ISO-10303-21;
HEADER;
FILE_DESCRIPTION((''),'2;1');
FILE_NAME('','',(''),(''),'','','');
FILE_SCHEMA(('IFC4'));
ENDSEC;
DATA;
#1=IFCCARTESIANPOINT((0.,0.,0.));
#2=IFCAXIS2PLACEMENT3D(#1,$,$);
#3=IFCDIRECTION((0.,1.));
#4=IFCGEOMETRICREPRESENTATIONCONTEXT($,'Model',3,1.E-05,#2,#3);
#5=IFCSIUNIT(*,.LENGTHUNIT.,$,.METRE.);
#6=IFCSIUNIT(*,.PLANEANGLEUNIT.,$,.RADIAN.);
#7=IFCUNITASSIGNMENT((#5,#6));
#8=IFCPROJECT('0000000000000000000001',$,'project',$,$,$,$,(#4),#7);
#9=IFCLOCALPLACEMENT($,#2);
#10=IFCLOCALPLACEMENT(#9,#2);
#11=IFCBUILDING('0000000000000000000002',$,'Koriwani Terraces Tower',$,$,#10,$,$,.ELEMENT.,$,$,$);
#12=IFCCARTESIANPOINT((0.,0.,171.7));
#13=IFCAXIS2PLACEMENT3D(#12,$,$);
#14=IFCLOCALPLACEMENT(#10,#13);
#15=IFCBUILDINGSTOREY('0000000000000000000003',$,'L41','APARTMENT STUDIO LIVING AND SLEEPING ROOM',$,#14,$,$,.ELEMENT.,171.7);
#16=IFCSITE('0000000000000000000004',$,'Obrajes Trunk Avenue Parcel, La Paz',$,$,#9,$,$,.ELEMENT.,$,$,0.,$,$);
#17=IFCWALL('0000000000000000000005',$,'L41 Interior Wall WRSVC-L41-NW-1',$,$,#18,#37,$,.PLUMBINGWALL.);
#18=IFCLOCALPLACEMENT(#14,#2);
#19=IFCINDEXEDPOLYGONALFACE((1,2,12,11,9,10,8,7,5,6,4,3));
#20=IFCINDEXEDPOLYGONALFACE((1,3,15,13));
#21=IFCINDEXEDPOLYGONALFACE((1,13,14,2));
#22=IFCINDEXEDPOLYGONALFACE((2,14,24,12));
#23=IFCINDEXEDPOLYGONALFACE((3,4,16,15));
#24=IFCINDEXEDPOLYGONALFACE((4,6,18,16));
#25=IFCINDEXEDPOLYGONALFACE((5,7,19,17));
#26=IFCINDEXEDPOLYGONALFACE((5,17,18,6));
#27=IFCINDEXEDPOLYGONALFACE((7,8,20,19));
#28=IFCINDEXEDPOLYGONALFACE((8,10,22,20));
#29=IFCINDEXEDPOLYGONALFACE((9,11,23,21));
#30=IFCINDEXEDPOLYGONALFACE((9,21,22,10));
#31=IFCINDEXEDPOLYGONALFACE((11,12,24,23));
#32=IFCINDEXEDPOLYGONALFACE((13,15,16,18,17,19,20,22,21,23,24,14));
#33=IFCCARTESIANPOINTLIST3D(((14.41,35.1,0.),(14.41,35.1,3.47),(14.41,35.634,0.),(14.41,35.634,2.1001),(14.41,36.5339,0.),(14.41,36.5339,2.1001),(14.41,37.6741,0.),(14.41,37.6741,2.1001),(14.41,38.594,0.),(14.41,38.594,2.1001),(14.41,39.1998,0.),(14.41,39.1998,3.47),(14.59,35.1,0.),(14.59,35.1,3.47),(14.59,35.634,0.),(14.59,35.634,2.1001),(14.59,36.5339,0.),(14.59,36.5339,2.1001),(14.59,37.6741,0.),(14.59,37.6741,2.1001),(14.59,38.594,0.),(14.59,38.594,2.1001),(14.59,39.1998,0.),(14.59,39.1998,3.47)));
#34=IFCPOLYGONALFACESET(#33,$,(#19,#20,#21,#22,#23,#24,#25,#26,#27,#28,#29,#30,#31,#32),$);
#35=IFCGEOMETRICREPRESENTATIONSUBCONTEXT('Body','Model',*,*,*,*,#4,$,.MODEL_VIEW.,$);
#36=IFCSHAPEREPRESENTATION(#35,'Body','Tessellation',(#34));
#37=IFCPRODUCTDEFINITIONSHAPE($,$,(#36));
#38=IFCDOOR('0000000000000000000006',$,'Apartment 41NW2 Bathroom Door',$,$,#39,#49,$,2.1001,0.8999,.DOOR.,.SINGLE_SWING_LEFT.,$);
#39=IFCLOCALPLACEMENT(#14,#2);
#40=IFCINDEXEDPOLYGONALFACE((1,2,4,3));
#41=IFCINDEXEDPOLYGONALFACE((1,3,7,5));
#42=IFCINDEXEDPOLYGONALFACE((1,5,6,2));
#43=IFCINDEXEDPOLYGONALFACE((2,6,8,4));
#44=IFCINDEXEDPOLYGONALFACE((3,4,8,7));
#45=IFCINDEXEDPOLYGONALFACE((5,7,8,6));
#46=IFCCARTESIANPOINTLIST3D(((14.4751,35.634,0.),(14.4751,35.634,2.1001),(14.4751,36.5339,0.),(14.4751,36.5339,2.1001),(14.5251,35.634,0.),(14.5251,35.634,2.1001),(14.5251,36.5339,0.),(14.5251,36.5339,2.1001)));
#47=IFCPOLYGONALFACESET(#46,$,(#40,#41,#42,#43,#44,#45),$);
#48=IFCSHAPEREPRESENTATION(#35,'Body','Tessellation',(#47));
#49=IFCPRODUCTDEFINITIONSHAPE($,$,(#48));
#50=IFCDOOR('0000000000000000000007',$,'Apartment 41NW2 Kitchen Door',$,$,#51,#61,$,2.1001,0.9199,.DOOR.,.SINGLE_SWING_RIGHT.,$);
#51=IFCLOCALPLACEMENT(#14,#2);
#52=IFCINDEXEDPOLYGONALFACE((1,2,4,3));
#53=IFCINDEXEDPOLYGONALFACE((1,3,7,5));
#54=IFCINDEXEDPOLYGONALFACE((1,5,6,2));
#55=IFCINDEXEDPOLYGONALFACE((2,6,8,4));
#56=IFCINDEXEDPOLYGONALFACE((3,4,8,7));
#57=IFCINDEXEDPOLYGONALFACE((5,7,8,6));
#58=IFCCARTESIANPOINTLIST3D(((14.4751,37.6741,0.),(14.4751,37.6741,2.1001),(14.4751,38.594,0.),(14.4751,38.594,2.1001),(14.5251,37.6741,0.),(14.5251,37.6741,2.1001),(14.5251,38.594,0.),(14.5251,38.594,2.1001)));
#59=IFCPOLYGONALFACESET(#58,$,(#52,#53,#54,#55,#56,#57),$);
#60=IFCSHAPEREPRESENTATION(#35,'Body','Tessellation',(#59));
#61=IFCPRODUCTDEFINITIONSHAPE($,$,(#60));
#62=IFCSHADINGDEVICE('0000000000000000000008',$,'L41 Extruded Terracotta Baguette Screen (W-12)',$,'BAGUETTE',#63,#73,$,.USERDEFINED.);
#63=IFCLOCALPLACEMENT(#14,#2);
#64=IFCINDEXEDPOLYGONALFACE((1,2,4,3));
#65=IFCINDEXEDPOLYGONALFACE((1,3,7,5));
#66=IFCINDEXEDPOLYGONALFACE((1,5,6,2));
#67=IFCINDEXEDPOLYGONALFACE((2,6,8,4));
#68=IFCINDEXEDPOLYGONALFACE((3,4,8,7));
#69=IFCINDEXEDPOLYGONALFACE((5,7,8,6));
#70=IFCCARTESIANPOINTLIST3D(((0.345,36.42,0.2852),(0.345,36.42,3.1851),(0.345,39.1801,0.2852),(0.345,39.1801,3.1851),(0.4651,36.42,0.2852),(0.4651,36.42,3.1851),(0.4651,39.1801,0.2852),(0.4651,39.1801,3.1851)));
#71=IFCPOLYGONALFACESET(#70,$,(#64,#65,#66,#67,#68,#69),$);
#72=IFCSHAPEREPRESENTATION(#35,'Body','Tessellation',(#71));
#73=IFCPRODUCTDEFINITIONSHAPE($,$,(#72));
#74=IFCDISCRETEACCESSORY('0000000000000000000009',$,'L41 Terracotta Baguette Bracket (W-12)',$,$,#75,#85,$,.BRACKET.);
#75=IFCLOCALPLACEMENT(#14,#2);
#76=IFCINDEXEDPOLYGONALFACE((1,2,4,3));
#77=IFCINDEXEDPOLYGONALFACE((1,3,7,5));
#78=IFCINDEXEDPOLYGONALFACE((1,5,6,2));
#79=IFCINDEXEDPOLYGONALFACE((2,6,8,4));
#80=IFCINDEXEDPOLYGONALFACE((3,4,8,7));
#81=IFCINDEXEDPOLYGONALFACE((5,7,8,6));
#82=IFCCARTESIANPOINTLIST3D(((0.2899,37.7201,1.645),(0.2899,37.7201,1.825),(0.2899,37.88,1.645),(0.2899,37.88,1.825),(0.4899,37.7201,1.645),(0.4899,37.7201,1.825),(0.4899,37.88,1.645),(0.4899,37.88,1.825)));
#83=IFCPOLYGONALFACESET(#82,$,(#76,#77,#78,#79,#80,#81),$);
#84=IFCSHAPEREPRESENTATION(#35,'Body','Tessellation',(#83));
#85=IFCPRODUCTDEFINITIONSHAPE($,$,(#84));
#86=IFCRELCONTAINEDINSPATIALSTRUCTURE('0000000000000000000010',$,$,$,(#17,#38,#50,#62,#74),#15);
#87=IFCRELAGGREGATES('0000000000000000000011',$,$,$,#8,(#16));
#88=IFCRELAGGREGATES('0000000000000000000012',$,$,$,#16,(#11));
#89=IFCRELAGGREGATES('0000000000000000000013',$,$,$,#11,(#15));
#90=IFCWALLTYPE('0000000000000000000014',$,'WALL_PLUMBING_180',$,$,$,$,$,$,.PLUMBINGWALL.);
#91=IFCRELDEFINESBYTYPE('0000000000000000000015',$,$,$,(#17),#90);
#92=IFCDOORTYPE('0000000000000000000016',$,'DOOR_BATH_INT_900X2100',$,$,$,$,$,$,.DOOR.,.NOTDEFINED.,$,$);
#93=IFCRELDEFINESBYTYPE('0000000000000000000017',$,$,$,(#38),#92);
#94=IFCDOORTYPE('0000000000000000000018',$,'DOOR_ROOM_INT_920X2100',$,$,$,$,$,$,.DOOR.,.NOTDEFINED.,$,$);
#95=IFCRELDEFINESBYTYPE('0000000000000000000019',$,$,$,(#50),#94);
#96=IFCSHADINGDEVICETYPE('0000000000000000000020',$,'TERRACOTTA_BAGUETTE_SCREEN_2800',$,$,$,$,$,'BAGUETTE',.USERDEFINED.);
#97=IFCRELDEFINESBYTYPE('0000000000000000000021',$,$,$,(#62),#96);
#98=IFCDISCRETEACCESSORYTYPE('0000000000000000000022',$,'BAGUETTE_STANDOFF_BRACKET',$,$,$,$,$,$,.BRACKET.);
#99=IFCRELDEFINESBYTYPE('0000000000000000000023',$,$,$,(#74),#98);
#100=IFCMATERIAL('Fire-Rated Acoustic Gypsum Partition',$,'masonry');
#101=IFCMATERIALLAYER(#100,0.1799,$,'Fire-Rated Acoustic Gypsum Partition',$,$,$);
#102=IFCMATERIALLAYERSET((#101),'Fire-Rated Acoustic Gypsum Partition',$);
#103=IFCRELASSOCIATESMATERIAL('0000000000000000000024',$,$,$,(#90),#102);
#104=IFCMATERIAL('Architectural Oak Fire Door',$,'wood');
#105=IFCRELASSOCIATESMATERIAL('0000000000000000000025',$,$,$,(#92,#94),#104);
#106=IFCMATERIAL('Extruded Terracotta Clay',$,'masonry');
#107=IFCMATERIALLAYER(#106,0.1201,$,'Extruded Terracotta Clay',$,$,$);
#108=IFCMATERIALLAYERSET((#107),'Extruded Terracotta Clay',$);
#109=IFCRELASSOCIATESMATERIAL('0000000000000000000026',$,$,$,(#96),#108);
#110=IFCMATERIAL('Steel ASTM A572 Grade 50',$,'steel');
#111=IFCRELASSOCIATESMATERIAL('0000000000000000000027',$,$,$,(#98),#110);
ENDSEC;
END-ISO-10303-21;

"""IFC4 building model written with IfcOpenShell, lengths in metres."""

from ifc_helpers import new_model, si_unit, direction, frame, frame_2d, origin, origin_2d, place, context, subcontext, project, spatial, rectangle, extrude, material, layer, layer_set, type_object, element, fill, save


model = new_model("IFC4")

# Units and contexts
model_context = context("Model", 3, precision=1e-05, world=origin(), true_north=direction((0.0, 1.0)))
body_context = subcontext(model_context, "Body", "Model", "MODEL_VIEW")
ifc_project = project(units=[si_unit("LENGTHUNIT", "METRE"), si_unit("PLANEANGLEUNIT", "RADIAN")], contexts=[model_context])

# Site, building, storey
site_placement = place(None, origin())
site = spatial("IfcSite", under=ifc_project, at=site_placement, Name="Obrajes Trunk Avenue Parcel, La Paz", CompositionType="ELEMENT", RefElevation=0.0)
building_placement = place(site_placement, origin())
building = spatial("IfcBuilding", under=site, at=building_placement, Name="Koriwani Terraces Tower", CompositionType="ELEMENT")
storey_placement = place(building_placement, frame((0.0, 0.0, 171.7)))
storey = spatial("IfcBuildingStorey", under=building, at=storey_placement, Name="L41", Description="APARTMENT STUDIO LIVING AND SLEEPING ROOM", CompositionType="ELEMENT", Elevation=171.7)

# Shared definitions
ifc_material_1 = material(Name="Steel ASTM A572 Grade 50", Category="steel")

# Shared definitions
ifc_material_2 = material(Name="Architectural Oak Fire Door", Category="wood")

# Wall, openings, doors
ifc_material_3 = material(Name="Fire-Rated Acoustic Gypsum Partition", Category="masonry")
ifc_layer_1 = layer(ifc_material_3, 0.1799, Name="Fire-Rated Acoustic Gypsum Partition")
ifc_layer_set_1 = layer_set([ifc_layer_1], Name="Fire-Rated Acoustic Gypsum Partition")
wall_type_1 = type_object("IfcWallType", Name="WALL_PLUMBING_180", PredefinedType="PLUMBINGWALL", material=ifc_layer_set_1)
wall_1_placement = place(storey_placement, frame((14.5, 35.1001, 0.0), z_axis=(0.0, 0.0, 1.0), x_axis=(0.0, 1.0, 0.0)))
wall_1 = element("IfcWall", 1, at=wall_1_placement, inside=storey, type_object=wall_type_1, Name="L41 Interior Wall WRSVC-L41-NW-1", PredefinedType="PLUMBINGWALL", context=body_context, shape_type="SweptSolid", body=[
    extrude(rectangle(XDim=4.0999, YDim=0.1799, at=frame_2d((2.0498, 0.0))), origin(), (0.0, 0.0, 1.0), 3.47),
])
opening_1_placement = place(wall_1_placement, frame((0.5339, 0.0, 0.0)))
opening_1 = element("IfcOpeningElement", 2, at=opening_1_placement, cuts=wall_1, PredefinedType="OPENING", context=body_context, shape_type="SweptSolid", body=[
    extrude(rectangle(XDim=0.8999, YDim=2.1001, at=frame_2d((0.45, 1.05))), frame((0.0, 0.1001, 0.0), z_axis=(0.0, -1.0, 0.0), x_axis=(1.0, 0.0, 0.0)), (0.0, 0.0, 1.0), 0.2),
])
opening_2_placement = place(wall_1_placement, frame((2.574, 0.0, 0.0)))
opening_2 = element("IfcOpeningElement", 3, at=opening_2_placement, cuts=wall_1, PredefinedType="OPENING", context=body_context, shape_type="SweptSolid", body=[
    extrude(rectangle(XDim=0.9199, YDim=2.1001, at=frame_2d((0.46, 1.05))), frame((0.0, 0.1001, 0.0), z_axis=(0.0, -1.0, 0.0), x_axis=(1.0, 0.0, 0.0)), (0.0, 0.0, 1.0), 0.2),
])
door_type_1 = type_object("IfcDoorType", Name="DOOR_BATH_INT_900X2100", OperationType="NOTDEFINED", PredefinedType="DOOR", material=ifc_material_2)
door_1_placement = place(opening_1_placement, origin())
door_1 = element("IfcDoor", 4, at=door_1_placement, inside=storey, type_object=door_type_1, Name="Apartment 41NW2 Bathroom Door", OperationType="SINGLE_SWING_LEFT", OverallHeight=2.1001, OverallWidth=0.8999, PredefinedType="DOOR", context=body_context, shape_type="SweptSolid", body=[
    extrude(rectangle(XDim=0.8999, YDim=2.1001, at=frame_2d((0.45, 1.05))), frame((0.0, 0.0249, 0.0), z_axis=(0.0, -1.0, 0.0), x_axis=(1.0, 0.0, 0.0)), (0.0, 0.0, 1.0), 0.05),
])
fill(opening_1, door_1)
door_type_2 = type_object("IfcDoorType", Name="DOOR_ROOM_INT_920X2100", OperationType="NOTDEFINED", PredefinedType="DOOR", material=ifc_material_2)
door_2_placement = place(opening_2_placement, origin())
door_2 = element("IfcDoor", 5, at=door_2_placement, inside=storey, type_object=door_type_2, Name="Apartment 41NW2 Kitchen Door", OperationType="SINGLE_SWING_RIGHT", OverallHeight=2.1001, OverallWidth=0.9199, PredefinedType="DOOR", context=body_context, shape_type="SweptSolid", body=[
    extrude(rectangle(XDim=0.9199, YDim=2.1001, at=frame_2d((0.46, 1.05))), frame((0.0, 0.0249, 0.0), z_axis=(0.0, -1.0, 0.0), x_axis=(1.0, 0.0, 0.0)), (0.0, 0.0, 1.0), 0.05),
])
fill(opening_2, door_2)

# Shading device
ifc_material_4 = material(Name="Extruded Terracotta Clay", Category="masonry")
ifc_layer_2 = layer(ifc_material_4, 0.1201, Name="Extruded Terracotta Clay")
ifc_layer_set_2 = layer_set([ifc_layer_2], Name="Extruded Terracotta Clay")
shading_device_type = type_object("IfcShadingDeviceType", Name="TERRACOTTA_BAGUETTE_SCREEN_2800", ElementType="BAGUETTE", PredefinedType="USERDEFINED", material=ifc_layer_set_2)
shading_device_placement = place(storey_placement, frame((0.405, 37.8, 0.2852), z_axis=(0.0, 0.0, 1.0), x_axis=(0.0, 1.0, 0.0)))
element("IfcShadingDevice", 6, at=shading_device_placement, inside=storey, type_object=shading_device_type, Name="L41 Extruded Terracotta Baguette Screen (W-12)", ObjectType="BAGUETTE", PredefinedType="USERDEFINED", context=body_context, shape_type="SweptSolid", body=[
    extrude(rectangle(XDim=2.76, YDim=0.1201, at=origin_2d()), origin(), (0.0, 0.0, 1.0), 2.8999),
])

# Discrete accessory
discrete_accessory_type = type_object("IfcDiscreteAccessoryType", Name="BAGUETTE_STANDOFF_BRACKET", PredefinedType="BRACKET", material=ifc_material_1)
discrete_accessory_placement = place(storey_placement, frame((0.3899, 37.8, 1.645), z_axis=(0.0, 0.0, 1.0), x_axis=(0.0, 1.0, 0.0)))
element("IfcDiscreteAccessory", 7, at=discrete_accessory_placement, inside=storey, type_object=discrete_accessory_type, Name="L41 Terracotta Baguette Bracket (W-12)", PredefinedType="BRACKET", context=body_context, shape_type="SweptSolid", body=[
    extrude(rectangle(XDim=0.1599, YDim=0.2, at=origin_2d()), origin(), (0.0, 0.0, 1.0), 0.1799),
])

save(model, "model.ifc")
